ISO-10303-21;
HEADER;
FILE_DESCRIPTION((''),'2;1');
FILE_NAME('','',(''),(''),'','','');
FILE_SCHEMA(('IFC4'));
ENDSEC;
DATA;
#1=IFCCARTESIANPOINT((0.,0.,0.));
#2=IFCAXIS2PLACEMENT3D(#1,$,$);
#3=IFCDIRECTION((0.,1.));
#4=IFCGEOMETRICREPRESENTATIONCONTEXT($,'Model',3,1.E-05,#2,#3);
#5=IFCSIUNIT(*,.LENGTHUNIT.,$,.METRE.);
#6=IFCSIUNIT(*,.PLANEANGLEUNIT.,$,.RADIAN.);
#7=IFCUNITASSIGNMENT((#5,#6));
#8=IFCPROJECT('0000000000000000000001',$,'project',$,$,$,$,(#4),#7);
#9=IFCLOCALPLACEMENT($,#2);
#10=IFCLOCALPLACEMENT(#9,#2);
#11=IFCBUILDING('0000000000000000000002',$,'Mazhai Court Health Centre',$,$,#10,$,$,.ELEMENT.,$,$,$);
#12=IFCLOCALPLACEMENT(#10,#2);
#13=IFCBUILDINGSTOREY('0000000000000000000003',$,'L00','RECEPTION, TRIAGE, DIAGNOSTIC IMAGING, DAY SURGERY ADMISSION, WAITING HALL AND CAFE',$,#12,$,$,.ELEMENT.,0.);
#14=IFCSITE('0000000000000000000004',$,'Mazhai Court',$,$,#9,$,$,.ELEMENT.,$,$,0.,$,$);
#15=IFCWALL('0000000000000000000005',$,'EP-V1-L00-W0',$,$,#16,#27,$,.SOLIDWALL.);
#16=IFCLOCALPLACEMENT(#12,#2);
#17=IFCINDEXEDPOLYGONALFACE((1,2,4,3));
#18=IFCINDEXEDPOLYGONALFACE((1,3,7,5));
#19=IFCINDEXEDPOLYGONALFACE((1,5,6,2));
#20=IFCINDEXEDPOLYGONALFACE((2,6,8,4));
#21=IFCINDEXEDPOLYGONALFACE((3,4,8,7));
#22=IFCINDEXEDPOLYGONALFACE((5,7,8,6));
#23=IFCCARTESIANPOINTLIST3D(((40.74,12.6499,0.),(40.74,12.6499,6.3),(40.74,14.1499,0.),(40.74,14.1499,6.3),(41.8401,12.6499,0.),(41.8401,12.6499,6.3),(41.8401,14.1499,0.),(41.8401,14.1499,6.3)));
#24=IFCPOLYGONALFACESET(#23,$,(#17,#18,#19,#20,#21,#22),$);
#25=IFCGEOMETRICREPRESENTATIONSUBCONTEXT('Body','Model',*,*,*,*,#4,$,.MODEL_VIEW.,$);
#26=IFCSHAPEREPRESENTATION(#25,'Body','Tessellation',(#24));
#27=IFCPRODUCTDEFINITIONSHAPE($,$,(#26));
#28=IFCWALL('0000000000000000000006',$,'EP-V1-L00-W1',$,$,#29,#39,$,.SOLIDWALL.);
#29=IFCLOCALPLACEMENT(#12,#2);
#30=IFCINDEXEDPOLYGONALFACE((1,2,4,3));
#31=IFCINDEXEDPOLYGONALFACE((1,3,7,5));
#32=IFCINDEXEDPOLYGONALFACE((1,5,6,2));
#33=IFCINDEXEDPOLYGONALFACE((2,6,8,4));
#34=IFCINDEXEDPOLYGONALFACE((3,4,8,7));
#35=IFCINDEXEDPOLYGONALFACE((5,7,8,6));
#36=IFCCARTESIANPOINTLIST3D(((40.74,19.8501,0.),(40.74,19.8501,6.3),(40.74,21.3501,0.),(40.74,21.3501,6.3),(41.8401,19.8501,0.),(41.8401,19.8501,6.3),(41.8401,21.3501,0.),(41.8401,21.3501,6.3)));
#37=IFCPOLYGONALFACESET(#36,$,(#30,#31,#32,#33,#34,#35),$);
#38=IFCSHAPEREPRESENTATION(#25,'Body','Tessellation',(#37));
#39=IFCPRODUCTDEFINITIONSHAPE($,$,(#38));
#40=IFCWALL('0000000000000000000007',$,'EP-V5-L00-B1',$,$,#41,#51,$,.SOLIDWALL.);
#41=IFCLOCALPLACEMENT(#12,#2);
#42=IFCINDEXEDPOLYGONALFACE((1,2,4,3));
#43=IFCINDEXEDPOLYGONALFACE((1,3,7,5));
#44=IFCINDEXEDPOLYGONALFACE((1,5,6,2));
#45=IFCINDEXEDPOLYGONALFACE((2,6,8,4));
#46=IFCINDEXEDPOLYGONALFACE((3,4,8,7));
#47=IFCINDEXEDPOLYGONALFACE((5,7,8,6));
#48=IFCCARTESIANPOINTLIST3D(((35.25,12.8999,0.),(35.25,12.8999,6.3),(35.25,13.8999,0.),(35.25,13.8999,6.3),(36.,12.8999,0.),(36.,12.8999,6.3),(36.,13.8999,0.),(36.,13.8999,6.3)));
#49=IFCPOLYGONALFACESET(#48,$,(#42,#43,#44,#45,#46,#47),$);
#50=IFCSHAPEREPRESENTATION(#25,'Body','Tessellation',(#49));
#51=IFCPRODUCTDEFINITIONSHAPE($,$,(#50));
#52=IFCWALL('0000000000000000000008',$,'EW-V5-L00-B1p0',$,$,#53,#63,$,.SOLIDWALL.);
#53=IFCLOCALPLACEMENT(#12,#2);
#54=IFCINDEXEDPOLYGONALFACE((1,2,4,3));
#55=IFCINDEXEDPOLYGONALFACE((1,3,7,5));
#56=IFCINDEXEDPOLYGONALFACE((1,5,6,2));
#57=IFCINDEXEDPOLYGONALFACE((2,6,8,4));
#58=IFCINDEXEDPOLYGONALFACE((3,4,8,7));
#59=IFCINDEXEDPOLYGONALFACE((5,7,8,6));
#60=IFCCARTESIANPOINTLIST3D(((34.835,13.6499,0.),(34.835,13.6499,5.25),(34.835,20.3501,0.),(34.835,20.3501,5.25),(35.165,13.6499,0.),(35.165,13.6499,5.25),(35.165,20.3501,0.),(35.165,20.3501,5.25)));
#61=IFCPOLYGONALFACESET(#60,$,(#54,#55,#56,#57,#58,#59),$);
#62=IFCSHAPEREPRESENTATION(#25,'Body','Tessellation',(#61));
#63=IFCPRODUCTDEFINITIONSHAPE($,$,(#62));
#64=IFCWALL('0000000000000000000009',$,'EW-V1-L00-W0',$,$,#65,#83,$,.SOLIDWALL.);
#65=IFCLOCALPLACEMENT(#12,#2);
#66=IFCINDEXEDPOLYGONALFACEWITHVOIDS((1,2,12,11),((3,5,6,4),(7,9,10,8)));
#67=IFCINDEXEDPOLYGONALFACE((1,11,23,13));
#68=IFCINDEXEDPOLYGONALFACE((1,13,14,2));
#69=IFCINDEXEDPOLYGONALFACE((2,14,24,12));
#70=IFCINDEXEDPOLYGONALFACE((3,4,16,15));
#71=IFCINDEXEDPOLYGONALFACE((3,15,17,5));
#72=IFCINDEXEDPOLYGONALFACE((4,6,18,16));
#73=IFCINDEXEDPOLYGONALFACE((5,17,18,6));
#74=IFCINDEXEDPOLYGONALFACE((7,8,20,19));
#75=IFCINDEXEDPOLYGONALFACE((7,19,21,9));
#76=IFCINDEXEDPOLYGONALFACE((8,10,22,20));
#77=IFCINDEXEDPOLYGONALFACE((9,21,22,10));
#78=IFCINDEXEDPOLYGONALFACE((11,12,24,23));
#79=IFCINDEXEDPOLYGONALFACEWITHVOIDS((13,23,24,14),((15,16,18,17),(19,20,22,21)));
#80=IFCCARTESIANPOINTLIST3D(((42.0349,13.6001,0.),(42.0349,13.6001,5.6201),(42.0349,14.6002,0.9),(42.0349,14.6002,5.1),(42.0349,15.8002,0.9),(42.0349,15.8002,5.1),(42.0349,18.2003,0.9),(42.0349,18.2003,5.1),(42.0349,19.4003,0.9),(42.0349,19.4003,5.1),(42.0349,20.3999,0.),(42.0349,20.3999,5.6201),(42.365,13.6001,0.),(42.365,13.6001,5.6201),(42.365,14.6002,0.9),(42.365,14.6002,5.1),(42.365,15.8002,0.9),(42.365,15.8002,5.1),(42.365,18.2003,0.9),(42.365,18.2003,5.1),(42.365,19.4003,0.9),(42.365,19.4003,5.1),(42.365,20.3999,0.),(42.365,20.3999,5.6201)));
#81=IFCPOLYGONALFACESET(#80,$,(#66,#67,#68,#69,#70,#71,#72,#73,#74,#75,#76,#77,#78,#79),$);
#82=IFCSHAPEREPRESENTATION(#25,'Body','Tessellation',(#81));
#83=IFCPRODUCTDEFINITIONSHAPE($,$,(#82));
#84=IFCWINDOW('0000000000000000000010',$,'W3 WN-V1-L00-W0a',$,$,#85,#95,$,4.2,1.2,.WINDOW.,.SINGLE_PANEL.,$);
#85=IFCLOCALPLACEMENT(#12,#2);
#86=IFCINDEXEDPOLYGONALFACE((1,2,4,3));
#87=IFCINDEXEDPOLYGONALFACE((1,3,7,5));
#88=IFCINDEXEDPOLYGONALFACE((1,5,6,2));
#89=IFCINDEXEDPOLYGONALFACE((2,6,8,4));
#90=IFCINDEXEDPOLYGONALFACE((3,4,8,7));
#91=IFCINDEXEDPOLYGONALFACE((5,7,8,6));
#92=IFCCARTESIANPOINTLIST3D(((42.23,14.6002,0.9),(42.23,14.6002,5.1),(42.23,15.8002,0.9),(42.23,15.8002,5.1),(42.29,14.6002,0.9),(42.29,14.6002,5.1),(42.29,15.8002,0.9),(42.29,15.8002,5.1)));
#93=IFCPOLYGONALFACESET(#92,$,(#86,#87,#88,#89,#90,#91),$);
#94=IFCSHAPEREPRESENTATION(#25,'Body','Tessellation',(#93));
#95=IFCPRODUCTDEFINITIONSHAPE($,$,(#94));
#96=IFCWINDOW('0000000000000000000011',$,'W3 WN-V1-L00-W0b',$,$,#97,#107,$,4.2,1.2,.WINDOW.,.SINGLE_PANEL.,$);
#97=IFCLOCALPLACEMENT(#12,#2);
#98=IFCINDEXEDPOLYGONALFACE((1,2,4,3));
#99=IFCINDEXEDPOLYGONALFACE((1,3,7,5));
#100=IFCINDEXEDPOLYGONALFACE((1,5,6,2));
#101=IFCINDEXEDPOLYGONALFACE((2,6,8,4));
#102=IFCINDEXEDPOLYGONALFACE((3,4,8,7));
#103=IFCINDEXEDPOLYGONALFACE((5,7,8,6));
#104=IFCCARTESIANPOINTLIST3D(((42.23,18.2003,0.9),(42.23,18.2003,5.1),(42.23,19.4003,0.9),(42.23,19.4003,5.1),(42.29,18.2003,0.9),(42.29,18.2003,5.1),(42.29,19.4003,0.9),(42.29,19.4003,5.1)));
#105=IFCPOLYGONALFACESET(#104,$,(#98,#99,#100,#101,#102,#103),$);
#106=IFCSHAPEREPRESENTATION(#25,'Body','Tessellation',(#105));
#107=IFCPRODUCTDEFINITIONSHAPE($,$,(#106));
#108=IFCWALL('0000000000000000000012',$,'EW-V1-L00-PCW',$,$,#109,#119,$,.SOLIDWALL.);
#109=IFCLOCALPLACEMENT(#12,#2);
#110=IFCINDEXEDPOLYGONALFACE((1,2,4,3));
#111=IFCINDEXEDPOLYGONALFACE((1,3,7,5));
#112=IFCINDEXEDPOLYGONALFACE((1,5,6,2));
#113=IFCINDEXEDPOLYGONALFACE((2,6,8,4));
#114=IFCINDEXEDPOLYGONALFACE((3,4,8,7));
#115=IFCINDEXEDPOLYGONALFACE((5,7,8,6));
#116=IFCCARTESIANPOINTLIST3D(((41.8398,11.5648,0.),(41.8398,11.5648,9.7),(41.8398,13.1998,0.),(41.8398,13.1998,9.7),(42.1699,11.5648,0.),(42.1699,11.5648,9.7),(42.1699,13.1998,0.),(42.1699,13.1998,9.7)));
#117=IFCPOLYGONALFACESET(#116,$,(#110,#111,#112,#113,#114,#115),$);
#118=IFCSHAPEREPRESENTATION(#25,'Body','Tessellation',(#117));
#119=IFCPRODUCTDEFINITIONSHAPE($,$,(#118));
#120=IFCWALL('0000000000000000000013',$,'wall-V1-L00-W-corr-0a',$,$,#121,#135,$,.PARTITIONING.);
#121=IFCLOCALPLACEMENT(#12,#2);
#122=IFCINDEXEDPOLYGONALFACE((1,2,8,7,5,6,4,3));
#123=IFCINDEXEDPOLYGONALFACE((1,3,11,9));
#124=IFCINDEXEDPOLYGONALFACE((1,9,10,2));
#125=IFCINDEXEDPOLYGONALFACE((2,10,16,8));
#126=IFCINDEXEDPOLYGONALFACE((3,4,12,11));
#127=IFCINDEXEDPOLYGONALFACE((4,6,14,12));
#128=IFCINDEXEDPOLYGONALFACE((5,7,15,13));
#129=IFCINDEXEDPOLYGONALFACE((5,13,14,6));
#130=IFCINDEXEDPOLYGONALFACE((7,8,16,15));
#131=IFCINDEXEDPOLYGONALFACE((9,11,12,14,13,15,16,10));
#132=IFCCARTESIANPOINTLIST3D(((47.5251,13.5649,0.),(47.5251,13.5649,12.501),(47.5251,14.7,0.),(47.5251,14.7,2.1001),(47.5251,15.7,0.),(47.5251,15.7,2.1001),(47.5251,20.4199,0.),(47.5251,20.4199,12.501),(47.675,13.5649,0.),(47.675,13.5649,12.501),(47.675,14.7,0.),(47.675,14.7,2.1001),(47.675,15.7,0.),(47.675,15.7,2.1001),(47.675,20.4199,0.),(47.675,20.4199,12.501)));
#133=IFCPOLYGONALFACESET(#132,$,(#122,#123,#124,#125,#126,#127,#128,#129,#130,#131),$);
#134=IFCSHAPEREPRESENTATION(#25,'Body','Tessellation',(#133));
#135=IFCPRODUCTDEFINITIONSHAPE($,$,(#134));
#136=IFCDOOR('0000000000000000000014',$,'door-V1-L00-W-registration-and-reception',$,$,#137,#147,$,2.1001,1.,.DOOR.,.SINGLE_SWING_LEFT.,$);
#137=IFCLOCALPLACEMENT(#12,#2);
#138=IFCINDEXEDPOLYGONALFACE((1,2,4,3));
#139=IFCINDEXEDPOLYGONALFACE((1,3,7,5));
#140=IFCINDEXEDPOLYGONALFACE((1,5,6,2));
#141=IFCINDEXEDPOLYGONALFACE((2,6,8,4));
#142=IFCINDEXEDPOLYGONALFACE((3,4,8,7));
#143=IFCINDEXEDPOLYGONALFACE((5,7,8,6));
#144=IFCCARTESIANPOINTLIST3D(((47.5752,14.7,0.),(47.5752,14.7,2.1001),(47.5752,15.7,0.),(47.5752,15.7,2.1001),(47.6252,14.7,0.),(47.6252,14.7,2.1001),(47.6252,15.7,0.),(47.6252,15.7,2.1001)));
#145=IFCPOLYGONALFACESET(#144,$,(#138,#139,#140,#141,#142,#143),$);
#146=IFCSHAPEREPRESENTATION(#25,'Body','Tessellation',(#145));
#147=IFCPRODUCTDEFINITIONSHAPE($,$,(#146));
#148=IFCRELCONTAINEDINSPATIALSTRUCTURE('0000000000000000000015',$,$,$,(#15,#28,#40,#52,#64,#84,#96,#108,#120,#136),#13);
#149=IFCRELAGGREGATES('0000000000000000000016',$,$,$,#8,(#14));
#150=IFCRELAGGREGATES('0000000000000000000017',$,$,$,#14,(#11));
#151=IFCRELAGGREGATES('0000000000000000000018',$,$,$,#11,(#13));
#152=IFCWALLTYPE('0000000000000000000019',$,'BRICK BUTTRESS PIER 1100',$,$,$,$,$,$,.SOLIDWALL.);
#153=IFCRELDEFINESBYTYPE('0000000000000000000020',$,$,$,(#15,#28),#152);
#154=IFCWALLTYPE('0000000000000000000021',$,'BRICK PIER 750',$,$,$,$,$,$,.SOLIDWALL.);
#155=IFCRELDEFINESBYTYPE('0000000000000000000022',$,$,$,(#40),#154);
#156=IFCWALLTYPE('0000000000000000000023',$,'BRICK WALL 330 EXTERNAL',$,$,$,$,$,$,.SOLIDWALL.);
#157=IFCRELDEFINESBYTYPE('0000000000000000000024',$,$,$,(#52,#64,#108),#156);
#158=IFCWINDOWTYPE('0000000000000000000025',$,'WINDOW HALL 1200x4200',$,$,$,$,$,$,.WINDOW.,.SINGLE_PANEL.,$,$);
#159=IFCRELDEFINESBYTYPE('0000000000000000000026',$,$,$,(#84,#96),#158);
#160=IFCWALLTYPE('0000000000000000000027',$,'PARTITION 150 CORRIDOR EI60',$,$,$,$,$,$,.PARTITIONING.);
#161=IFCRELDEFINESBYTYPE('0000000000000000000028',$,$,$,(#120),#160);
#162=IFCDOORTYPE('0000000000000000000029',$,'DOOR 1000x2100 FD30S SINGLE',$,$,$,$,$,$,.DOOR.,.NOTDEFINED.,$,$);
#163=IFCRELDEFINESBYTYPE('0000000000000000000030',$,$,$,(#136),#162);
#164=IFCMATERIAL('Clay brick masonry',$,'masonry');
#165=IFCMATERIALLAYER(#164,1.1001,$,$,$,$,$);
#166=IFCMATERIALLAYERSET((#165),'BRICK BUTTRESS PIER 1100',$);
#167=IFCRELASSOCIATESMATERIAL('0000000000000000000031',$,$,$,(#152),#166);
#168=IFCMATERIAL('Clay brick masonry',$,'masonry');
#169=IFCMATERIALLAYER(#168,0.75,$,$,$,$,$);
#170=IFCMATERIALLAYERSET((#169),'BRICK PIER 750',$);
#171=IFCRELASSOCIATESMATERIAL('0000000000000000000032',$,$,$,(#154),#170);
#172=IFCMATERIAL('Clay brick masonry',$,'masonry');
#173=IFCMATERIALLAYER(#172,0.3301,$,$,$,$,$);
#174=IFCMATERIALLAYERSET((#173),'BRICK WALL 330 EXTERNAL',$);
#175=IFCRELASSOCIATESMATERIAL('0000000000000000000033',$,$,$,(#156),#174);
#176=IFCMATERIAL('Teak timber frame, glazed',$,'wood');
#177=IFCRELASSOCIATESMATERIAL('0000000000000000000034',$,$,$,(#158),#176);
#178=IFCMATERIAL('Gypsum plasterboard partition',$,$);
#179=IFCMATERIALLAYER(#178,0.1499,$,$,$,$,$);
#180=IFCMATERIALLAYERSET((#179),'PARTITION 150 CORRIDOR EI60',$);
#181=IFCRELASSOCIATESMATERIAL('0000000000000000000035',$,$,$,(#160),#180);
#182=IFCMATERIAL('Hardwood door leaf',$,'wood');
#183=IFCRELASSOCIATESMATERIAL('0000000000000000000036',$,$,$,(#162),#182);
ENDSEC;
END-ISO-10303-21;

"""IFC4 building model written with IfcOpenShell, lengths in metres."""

from ifc_helpers import new_model, si_unit, direction, frame, frame_2d, origin, place, context, subcontext, project, spatial, rectangle, extrude, material, layer, layer_set, type_object, element, fill, save


model = new_model("IFC4")

# Units and contexts
model_context = context("Model", 3, precision=1e-05, world=origin(), true_north=direction((0.0, 1.0)))
body_context = subcontext(model_context, "Body", "Model", "MODEL_VIEW")
ifc_project = project(units=[si_unit("LENGTHUNIT", "METRE"), si_unit("PLANEANGLEUNIT", "RADIAN")], contexts=[model_context])

# Site, building, storey
site_placement = place(None, origin())
site = spatial("IfcSite", under=ifc_project, at=site_placement, Name="Mazhai Court", CompositionType="ELEMENT", RefElevation=0.0)
building_placement = place(site_placement, origin())
building = spatial("IfcBuilding", under=site, at=building_placement, Name="Mazhai Court Health Centre", CompositionType="ELEMENT")
storey_placement = place(building_placement, origin())
storey = spatial("IfcBuildingStorey", under=building, at=storey_placement, Name="L00", Description="RECEPTION, TRIAGE, DIAGNOSTIC IMAGING, DAY SURGERY ADMISSION, WAITING HALL AND CAFE", CompositionType="ELEMENT", Elevation=0.0)

# Walls
ifc_material_1 = material(Name="Clay brick masonry", Category="masonry")
ifc_layer_1 = layer(ifc_material_1, 1.1001)
ifc_layer_set_1 = layer_set([ifc_layer_1], Name="BRICK BUTTRESS PIER 1100")
wall_type_1 = type_object("IfcWallType", Name="BRICK BUTTRESS PIER 1100", PredefinedType="SOLIDWALL", material=ifc_layer_set_1)
for number, where, z_axis, x_axis, name in (
    (1, (41.29, 12.6499, 0.0), (0.0, 0.0, 1.0), (0.0, 1.0, 0.0), "EP-V1-L00-W0"),
    (2, (41.29, 19.8501, 0.0), (0.0, 0.0, 1.0), (0.0, 1.0, 0.0), "EP-V1-L00-W1"),
):
    element("IfcWall", number, at=place(storey_placement, frame(where, z_axis=z_axis, x_axis=x_axis)), inside=storey, type_object=wall_type_1, Name=name, PredefinedType="SOLIDWALL", context=body_context, shape_type="SweptSolid", body=[
        extrude(rectangle(XDim=1.5, YDim=1.1001, at=frame_2d((0.75, 0.0))), origin(), (0.0, 0.0, 1.0), 6.3),
    ])
ifc_material_2 = material(Name="Clay brick masonry", Category="masonry")
ifc_layer_2 = layer(ifc_material_2, 0.75)
ifc_layer_set_2 = layer_set([ifc_layer_2], Name="BRICK PIER 750")
wall_type_2 = type_object("IfcWallType", Name="BRICK PIER 750", PredefinedType="SOLIDWALL", material=ifc_layer_set_2)
wall_1_placement = place(storey_placement, frame((35.625, 13.8999, 0.0), z_axis=(0.0, 0.0, 1.0), x_axis=(0.0, -1.0, 0.0)))
element("IfcWall", 3, at=wall_1_placement, inside=storey, type_object=wall_type_2, Name="EP-V5-L00-B1", PredefinedType="SOLIDWALL", context=body_context, shape_type="SweptSolid", body=[
    extrude(rectangle(XDim=1.0, YDim=0.75, at=frame_2d((0.5, 0.0))), origin(), (0.0, 0.0, 1.0), 6.3),
])
ifc_material_3 = material(Name="Clay brick masonry", Category="masonry")
ifc_layer_3 = layer(ifc_material_3, 0.3301)
ifc_layer_set_3 = layer_set([ifc_layer_3], Name="BRICK WALL 330 EXTERNAL")
wall_type_3 = type_object("IfcWallType", Name="BRICK WALL 330 EXTERNAL", PredefinedType="SOLIDWALL", material=ifc_layer_set_3)
wall_2_placement = place(storey_placement, frame((35.0, 20.3501, 0.0), z_axis=(0.0, 0.0, 1.0), x_axis=(0.0, -1.0, 0.0)))
element("IfcWall", 4, at=wall_2_placement, inside=storey, type_object=wall_type_3, Name="EW-V5-L00-B1p0", PredefinedType="SOLIDWALL", context=body_context, shape_type="SweptSolid", body=[
    extrude(rectangle(XDim=6.7002, YDim=0.3301, at=frame_2d((3.3501, 0.0))), origin(), (0.0, 0.0, 1.0), 5.25),
])

# Wall, openings, windows
wall_3_placement = place(storey_placement, frame((42.2, 13.6001, 0.0), z_axis=(0.0, 0.0, 1.0), x_axis=(0.0, 1.0, 0.0)))
wall_3 = element("IfcWall", 5, at=wall_3_placement, inside=storey, type_object=wall_type_3, Name="EW-V1-L00-W0", PredefinedType="SOLIDWALL", context=body_context, shape_type="SweptSolid", body=[
    extrude(rectangle(XDim=6.7998, YDim=0.3301, at=frame_2d((3.3999, 0.0))), origin(), (0.0, 0.0, 1.0), 5.6201),
])
opening_1_placement = place(wall_3_placement, frame((1.0, 0.0, 0.8999)))
opening_1 = element("IfcOpeningElement", 6, at=opening_1_placement, cuts=wall_3, PredefinedType="OPENING", context=body_context, shape_type="SweptSolid", body=[
    extrude(rectangle(XDim=1.2, YDim=4.2, at=frame_2d((0.6001, 2.1001))), frame((0.0, 0.175, 0.0), z_axis=(0.0, -1.0, 0.0), x_axis=(1.0, 0.0, 0.0)), (0.0, 0.0, 1.0), 0.3501),
])
opening_2_placement = place(wall_3_placement, frame((4.6001, 0.0, 0.8999)))
opening_2 = element("IfcOpeningElement", 7, at=opening_2_placement, cuts=wall_3, PredefinedType="OPENING", context=body_context, shape_type="SweptSolid", body=[
    extrude(rectangle(XDim=1.2, YDim=4.2, at=frame_2d((0.6001, 2.1001))), frame((0.0, 0.175, 0.0), z_axis=(0.0, -1.0, 0.0), x_axis=(1.0, 0.0, 0.0)), (0.0, 0.0, 1.0), 0.3501),
])
ifc_material_4 = material(Name="Teak timber frame, glazed", Category="wood")
window_type = type_object("IfcWindowType", Name="WINDOW HALL 1200x4200", PartitioningType="SINGLE_PANEL", PredefinedType="WINDOW", material=ifc_material_4)
window_1_placement = place(opening_1_placement, origin())
window_1 = element("IfcWindow", 8, at=window_1_placement, inside=storey, type_object=window_type, Name="W3 WN-V1-L00-W0a", OverallHeight=4.2, OverallWidth=1.2, PartitioningType="SINGLE_PANEL", PredefinedType="WINDOW", context=body_context, shape_type="SweptSolid", body=[
    extrude(rectangle(XDim=1.2, YDim=4.2, at=frame_2d((0.6001, 2.1001))), frame((0.0, -0.03, 0.0), z_axis=(0.0, -1.0, 0.0), x_axis=(1.0, 0.0, 0.0)), (0.0, 0.0, 1.0), 0.0601),
])
fill(opening_1, window_1)
window_2_placement = place(opening_2_placement, origin())
window_2 = element("IfcWindow", 9, at=window_2_placement, inside=storey, type_object=window_type, Name="W3 WN-V1-L00-W0b", OverallHeight=4.2, OverallWidth=1.2, PartitioningType="SINGLE_PANEL", PredefinedType="WINDOW", context=body_context, shape_type="SweptSolid", body=[
    extrude(rectangle(XDim=1.2, YDim=4.2, at=frame_2d((0.6001, 2.1001))), frame((0.0, -0.03, 0.0), z_axis=(0.0, -1.0, 0.0), x_axis=(1.0, 0.0, 0.0)), (0.0, 0.0, 1.0), 0.0601),
])
fill(opening_2, window_2)

# Wall
wall_4_placement = place(storey_placement, frame((42.0049, 11.5649, 0.0), z_axis=(0.0, 0.0, 1.0), x_axis=(0.0, 1.0, 0.0)))
element("IfcWall", 10, at=wall_4_placement, inside=storey, type_object=wall_type_3, Name="EW-V1-L00-PCW", PredefinedType="SOLIDWALL", context=body_context, shape_type="SweptSolid", body=[
    extrude(rectangle(XDim=1.635, YDim=0.3301, at=frame_2d((0.8174, 0.0))), origin(), (0.0, 0.0, 1.0), 9.7),
])

# Wall, opening, door
ifc_material_5 = material(Name="Gypsum plasterboard partition")
ifc_layer_4 = layer(ifc_material_5, 0.1499)
ifc_layer_set_4 = layer_set([ifc_layer_4], Name="PARTITION 150 CORRIDOR EI60")
wall_type_4 = type_object("IfcWallType", Name="PARTITION 150 CORRIDOR EI60", PredefinedType="PARTITIONING", material=ifc_layer_set_4)
wall_5_placement = place(storey_placement, frame((47.6001, 13.5649, 0.0), z_axis=(0.0, 0.0, 1.0), x_axis=(0.0, 1.0, 0.0)))
wall_5 = element("IfcWall", 11, at=wall_5_placement, inside=storey, type_object=wall_type_4, Name="wall-V1-L00-W-corr-0a", PredefinedType="PARTITIONING", context=body_context, shape_type="SweptSolid", body=[
    extrude(rectangle(XDim=6.855, YDim=0.1499, at=frame_2d((3.4275, 0.0))), origin(), (0.0, 0.0, 1.0), 12.501),
])
opening_3_placement = place(wall_5_placement, frame((1.135, 0.0, 0.0)))
opening_3 = element("IfcOpeningElement", 12, at=opening_3_placement, cuts=wall_5, PredefinedType="OPENING", context=body_context, shape_type="SweptSolid", body=[
    extrude(rectangle(XDim=1.0, YDim=2.1001, at=frame_2d((0.5, 1.05))), frame((0.0, 0.085, 0.0), z_axis=(0.0, -1.0, 0.0), x_axis=(1.0, 0.0, 0.0)), (0.0, 0.0, 1.0), 0.1699),
])
ifc_material_6 = material(Name="Hardwood door leaf", Category="wood")
door_type = type_object("IfcDoorType", Name="DOOR 1000x2100 FD30S SINGLE", OperationType="NOTDEFINED", PredefinedType="DOOR", material=ifc_material_6)
door_placement = place(opening_3_placement, origin())
door = element("IfcDoor", 13, at=door_placement, inside=storey, type_object=door_type, Name="door-V1-L00-W-registration-and-reception", OperationType="SINGLE_SWING_LEFT", OverallHeight=2.1001, OverallWidth=1.0, PredefinedType="DOOR", context=body_context, shape_type="SweptSolid", body=[
    extrude(rectangle(XDim=1.0, YDim=2.1001, at=frame_2d((0.5, 1.05))), frame((0.0, 0.0249, 0.0), z_axis=(0.0, -1.0, 0.0), x_axis=(1.0, 0.0, 0.0)), (0.0, 0.0, 1.0), 0.05),
])
fill(opening_3, door)

save(model, "model.ifc")
